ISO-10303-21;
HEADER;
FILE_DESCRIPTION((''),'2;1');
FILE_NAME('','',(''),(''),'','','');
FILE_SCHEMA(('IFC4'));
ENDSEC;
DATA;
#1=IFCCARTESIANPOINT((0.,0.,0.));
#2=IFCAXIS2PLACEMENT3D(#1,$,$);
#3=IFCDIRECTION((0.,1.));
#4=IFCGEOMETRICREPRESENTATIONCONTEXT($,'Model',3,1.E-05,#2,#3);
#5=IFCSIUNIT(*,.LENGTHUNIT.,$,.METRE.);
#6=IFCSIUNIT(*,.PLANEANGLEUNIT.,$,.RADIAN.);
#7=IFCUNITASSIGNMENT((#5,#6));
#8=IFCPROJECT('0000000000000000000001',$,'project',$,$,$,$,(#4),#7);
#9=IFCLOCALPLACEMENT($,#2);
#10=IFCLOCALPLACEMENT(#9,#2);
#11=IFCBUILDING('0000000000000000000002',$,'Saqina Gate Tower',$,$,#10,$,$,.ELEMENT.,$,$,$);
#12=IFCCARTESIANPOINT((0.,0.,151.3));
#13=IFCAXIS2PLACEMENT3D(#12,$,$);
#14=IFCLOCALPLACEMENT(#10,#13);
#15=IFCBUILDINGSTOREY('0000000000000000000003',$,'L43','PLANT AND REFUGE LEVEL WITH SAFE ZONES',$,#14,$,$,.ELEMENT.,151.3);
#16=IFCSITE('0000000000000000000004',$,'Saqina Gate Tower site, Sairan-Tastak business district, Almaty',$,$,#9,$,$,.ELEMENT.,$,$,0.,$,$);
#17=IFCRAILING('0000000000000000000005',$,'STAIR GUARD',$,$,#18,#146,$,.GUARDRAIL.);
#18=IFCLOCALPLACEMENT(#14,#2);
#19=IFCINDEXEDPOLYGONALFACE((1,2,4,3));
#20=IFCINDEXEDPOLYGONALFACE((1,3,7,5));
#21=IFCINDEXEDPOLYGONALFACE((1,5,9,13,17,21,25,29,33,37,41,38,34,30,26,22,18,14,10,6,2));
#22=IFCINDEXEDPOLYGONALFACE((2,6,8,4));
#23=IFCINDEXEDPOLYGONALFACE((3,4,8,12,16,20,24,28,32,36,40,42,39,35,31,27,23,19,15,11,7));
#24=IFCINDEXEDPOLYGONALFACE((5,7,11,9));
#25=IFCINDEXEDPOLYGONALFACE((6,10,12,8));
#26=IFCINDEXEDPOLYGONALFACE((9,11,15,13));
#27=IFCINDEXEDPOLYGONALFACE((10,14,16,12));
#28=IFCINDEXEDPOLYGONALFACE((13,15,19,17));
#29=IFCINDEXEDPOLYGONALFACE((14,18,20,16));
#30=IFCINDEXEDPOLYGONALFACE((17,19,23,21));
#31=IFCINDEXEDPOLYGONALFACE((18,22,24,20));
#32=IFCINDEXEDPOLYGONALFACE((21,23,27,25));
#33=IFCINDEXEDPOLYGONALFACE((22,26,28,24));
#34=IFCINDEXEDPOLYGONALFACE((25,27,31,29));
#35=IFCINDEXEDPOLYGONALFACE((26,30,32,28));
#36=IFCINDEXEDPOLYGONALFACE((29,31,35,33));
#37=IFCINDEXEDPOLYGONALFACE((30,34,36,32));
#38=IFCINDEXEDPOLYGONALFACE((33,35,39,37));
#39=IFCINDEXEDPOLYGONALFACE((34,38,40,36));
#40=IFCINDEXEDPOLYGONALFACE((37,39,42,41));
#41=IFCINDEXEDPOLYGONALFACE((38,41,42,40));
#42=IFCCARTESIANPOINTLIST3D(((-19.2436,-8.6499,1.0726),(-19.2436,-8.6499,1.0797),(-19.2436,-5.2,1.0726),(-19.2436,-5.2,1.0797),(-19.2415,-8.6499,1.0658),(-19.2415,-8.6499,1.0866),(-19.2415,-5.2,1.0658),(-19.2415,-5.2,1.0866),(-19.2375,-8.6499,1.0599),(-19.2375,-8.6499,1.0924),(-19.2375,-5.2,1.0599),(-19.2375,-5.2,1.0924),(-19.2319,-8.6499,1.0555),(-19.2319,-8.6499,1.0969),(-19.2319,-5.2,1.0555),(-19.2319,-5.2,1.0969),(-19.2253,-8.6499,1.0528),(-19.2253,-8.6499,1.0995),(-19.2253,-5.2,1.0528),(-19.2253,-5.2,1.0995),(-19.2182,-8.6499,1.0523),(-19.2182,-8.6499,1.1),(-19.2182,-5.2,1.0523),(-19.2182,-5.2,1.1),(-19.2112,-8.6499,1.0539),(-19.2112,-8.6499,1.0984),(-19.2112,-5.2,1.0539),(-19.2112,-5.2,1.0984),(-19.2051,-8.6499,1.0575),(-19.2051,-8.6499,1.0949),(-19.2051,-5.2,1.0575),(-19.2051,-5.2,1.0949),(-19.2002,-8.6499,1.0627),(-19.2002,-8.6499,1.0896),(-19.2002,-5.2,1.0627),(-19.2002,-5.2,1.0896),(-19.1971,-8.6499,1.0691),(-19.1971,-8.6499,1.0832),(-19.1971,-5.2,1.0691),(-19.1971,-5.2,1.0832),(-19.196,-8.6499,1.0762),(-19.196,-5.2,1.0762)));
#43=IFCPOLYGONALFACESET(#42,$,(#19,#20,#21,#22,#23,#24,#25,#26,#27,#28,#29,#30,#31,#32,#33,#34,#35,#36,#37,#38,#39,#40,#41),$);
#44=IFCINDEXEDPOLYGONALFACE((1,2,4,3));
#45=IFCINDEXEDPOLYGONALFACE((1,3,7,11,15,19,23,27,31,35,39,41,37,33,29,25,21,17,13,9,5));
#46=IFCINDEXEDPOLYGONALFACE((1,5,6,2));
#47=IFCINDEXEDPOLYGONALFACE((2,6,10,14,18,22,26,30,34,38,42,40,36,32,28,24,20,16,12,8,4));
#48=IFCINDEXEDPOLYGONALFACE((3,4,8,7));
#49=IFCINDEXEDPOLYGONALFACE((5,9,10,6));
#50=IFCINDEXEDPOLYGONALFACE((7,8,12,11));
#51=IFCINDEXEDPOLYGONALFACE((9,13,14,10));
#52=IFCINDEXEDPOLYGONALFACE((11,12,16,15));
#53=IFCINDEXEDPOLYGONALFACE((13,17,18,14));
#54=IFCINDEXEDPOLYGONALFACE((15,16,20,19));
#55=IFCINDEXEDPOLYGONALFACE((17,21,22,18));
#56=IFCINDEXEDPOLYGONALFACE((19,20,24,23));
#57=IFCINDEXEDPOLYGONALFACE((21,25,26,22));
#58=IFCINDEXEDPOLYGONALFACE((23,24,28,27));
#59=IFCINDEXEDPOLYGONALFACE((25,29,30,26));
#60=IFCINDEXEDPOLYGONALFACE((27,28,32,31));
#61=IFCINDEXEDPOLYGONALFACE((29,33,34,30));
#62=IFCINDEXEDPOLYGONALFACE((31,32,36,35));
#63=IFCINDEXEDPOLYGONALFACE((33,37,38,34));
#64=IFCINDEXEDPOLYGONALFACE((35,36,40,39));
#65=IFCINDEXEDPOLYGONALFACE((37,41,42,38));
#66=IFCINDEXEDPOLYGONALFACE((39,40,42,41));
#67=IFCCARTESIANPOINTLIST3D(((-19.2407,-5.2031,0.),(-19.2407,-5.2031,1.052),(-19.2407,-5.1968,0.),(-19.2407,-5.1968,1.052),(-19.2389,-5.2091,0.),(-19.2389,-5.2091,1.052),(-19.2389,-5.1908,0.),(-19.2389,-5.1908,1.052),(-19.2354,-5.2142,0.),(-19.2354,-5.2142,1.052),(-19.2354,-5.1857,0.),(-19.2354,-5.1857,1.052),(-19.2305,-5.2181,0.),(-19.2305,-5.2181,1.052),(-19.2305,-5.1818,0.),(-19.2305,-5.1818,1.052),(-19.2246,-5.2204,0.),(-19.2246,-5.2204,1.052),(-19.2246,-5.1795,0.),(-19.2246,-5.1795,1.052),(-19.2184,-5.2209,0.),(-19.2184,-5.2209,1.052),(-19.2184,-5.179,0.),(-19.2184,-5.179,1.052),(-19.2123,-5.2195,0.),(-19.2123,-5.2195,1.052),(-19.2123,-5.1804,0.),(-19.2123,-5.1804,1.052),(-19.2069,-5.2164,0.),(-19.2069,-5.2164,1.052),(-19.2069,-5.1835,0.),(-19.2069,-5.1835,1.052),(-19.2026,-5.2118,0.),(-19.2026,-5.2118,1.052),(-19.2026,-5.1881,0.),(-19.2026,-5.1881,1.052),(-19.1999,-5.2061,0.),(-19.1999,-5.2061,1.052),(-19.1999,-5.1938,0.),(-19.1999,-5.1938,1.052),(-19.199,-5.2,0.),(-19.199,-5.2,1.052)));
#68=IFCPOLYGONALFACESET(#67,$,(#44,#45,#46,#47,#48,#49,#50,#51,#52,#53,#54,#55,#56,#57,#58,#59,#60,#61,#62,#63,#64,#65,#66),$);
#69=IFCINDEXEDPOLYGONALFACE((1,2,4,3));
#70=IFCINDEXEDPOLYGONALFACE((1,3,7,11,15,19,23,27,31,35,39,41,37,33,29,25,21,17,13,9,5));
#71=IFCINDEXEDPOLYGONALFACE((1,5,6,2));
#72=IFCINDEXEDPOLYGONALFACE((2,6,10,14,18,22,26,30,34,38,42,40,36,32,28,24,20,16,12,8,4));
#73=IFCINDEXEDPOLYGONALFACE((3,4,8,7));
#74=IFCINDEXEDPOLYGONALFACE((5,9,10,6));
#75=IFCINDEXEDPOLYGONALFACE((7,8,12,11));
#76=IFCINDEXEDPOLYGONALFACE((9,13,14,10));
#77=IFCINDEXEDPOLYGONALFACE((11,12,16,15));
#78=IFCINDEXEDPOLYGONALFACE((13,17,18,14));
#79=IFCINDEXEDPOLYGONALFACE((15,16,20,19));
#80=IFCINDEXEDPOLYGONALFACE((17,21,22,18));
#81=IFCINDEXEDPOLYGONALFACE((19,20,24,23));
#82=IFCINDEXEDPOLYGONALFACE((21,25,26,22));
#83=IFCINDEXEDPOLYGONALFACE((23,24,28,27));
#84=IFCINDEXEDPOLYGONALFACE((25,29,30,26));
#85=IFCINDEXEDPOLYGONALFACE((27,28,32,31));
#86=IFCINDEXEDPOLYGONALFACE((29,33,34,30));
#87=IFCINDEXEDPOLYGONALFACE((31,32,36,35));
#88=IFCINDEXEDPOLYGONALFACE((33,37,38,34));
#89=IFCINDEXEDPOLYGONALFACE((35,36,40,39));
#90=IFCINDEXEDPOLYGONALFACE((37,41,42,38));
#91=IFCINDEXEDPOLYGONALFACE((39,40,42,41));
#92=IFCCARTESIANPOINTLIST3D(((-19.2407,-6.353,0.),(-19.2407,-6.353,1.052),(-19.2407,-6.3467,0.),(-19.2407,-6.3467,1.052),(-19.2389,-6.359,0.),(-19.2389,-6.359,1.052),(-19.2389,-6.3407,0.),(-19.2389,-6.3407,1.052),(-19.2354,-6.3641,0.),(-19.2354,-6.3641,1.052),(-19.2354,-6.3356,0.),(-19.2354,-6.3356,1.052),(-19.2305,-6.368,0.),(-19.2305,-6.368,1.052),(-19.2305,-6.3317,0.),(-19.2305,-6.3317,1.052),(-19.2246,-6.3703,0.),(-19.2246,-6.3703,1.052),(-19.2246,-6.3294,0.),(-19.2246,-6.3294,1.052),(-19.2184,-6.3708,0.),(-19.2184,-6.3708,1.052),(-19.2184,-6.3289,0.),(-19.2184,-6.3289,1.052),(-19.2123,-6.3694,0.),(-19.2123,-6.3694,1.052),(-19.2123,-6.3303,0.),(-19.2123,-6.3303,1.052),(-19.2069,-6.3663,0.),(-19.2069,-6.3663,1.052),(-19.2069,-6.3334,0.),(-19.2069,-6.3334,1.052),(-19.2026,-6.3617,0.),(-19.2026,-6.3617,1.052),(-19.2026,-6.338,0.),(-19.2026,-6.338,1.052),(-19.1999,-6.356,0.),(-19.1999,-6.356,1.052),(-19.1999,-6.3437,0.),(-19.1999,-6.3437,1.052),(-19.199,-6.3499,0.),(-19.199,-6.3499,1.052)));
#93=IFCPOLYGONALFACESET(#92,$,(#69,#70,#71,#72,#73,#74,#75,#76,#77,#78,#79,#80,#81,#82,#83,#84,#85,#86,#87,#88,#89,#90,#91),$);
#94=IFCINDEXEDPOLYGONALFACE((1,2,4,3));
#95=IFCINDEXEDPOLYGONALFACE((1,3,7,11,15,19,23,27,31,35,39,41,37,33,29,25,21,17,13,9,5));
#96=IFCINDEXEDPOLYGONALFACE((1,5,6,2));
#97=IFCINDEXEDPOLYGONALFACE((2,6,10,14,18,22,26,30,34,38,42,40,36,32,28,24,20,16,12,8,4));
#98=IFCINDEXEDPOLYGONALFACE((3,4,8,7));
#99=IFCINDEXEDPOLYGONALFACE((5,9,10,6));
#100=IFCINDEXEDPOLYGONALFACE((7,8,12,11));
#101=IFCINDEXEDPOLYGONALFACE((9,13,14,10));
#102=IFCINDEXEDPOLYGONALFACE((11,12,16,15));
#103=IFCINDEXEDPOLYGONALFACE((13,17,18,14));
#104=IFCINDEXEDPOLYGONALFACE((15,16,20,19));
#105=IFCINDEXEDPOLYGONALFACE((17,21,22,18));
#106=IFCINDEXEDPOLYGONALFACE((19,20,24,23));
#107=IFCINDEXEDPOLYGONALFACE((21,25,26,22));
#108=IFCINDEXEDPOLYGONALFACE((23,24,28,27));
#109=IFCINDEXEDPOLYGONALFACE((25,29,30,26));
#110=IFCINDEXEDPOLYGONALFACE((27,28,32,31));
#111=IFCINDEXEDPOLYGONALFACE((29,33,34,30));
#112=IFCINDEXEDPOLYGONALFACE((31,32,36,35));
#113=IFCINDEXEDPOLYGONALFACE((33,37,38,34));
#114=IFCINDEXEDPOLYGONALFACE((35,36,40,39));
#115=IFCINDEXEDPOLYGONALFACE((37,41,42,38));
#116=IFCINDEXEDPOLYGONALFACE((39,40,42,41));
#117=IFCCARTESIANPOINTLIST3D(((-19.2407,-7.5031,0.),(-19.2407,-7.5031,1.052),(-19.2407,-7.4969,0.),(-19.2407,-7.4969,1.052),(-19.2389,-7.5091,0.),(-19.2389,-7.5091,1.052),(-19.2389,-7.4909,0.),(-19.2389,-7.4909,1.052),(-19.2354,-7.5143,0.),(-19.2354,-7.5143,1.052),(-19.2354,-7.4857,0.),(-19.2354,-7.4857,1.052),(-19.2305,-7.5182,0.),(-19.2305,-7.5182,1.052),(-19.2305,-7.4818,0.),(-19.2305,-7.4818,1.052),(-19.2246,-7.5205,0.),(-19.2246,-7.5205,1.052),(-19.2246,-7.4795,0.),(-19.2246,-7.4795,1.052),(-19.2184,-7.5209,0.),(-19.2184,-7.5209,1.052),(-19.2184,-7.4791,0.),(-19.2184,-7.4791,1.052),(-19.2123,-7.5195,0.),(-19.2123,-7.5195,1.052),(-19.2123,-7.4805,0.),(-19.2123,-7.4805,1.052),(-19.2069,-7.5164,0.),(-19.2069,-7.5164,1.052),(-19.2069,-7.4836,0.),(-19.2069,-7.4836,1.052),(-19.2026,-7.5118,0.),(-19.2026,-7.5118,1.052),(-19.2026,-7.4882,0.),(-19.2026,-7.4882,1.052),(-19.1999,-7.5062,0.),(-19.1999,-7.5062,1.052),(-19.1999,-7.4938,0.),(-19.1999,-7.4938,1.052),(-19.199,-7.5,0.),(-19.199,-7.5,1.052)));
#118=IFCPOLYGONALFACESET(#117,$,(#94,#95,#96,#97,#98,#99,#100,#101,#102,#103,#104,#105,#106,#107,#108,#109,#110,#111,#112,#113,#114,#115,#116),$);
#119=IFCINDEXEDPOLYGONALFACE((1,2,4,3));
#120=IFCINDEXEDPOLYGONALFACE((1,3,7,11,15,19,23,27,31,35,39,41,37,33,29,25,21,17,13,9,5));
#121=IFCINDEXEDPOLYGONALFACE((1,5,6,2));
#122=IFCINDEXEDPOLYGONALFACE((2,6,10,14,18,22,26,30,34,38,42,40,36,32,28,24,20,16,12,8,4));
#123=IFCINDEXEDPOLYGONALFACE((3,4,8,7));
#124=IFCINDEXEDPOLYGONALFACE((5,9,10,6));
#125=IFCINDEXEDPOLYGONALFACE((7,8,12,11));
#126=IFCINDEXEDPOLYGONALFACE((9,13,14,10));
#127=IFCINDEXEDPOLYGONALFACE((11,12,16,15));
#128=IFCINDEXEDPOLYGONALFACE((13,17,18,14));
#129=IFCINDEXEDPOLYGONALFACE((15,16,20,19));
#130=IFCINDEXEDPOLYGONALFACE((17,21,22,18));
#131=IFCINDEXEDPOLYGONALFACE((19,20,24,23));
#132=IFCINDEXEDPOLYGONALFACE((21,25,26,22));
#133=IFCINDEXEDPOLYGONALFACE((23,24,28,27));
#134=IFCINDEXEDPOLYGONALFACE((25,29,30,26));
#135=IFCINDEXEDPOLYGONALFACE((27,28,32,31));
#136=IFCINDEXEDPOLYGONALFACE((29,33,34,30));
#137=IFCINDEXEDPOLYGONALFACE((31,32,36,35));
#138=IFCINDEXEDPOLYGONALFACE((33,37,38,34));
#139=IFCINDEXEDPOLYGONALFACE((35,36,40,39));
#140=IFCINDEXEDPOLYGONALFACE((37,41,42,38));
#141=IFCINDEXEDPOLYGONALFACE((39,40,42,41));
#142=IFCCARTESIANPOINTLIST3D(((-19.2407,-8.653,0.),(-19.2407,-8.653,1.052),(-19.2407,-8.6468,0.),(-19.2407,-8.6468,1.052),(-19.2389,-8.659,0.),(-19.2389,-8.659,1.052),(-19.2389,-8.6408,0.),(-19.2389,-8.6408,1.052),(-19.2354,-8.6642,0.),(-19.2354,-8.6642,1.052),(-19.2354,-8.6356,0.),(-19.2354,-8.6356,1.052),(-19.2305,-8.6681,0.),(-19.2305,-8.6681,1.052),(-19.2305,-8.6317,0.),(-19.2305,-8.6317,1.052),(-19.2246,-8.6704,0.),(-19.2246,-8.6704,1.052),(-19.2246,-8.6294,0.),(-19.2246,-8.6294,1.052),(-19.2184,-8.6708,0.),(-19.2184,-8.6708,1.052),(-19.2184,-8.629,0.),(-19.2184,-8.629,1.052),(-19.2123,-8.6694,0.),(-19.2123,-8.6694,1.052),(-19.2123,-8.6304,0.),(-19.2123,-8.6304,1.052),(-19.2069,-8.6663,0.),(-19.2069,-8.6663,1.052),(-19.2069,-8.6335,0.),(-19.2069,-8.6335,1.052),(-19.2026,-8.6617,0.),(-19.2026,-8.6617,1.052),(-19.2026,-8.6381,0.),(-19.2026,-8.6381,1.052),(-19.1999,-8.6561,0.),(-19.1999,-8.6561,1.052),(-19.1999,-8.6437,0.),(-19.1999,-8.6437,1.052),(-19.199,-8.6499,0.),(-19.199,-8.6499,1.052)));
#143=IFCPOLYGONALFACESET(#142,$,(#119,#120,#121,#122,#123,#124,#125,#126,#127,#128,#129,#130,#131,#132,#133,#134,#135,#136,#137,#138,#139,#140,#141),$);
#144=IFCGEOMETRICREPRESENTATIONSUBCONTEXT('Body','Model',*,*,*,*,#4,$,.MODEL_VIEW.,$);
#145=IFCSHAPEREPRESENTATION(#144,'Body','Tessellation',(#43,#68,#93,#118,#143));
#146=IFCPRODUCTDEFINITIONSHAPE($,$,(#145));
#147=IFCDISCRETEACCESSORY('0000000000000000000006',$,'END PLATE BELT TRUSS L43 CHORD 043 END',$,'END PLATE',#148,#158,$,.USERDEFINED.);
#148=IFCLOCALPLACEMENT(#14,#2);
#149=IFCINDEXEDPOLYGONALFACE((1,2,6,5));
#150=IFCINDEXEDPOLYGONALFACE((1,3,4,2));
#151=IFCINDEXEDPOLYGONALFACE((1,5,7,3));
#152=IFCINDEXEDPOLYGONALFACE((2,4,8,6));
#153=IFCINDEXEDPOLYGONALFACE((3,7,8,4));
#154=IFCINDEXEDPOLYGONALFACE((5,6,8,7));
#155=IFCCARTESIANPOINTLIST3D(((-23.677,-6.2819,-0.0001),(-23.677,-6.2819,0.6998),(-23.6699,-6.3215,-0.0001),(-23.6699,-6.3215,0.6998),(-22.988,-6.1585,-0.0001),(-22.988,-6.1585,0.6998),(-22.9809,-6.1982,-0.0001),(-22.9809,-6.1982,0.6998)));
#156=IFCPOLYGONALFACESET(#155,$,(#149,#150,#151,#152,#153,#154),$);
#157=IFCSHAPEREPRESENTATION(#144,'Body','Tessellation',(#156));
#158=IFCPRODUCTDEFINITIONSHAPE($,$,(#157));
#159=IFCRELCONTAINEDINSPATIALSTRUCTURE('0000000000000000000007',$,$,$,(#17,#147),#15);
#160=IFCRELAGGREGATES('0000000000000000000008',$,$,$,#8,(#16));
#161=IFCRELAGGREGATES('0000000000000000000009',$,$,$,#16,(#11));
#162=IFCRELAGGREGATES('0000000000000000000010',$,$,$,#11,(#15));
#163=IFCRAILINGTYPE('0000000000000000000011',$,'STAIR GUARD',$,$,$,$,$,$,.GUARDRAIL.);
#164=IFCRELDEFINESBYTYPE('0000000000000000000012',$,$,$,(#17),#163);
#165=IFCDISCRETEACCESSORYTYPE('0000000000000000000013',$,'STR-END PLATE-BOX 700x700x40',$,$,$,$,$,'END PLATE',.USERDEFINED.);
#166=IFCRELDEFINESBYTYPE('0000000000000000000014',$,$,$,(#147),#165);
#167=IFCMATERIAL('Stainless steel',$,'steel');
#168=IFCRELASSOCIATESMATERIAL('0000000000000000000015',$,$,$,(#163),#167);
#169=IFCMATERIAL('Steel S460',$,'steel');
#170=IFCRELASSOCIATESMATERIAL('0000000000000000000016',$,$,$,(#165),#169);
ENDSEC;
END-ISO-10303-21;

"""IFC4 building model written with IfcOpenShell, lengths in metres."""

from ifc_helpers import new_model, si_unit, direction, frame, origin, origin_2d, place, context, subcontext, project, spatial, rectangle, circle, extrude, material, material_profile, profile_set, type_object, element, save


model = new_model("IFC4")

# Units and contexts
model_context = context("Model", 3, precision=1e-05, world=origin(), true_north=direction((0.0, 1.0)))
body_context = subcontext(model_context, "Body", "Model", "MODEL_VIEW")
ifc_project = project(units=[si_unit("LENGTHUNIT", "METRE"), si_unit("PLANEANGLEUNIT", "RADIAN")], contexts=[model_context])

# Site, building, storey
site_placement = place(None, origin())
site = spatial("IfcSite", under=ifc_project, at=site_placement, Name="Saqina Gate Tower site, Sairan-Tastak business district, Almaty", CompositionType="ELEMENT", RefElevation=0.0)
building_placement = place(site_placement, origin())
building = spatial("IfcBuilding", under=site, at=building_placement, Name="Saqina Gate Tower", CompositionType="ELEMENT")
storey_placement = place(building_placement, frame((0.0, 0.0, 151.3)))
storey = spatial("IfcBuildingStorey", under=building, at=storey_placement, Name="L43", Description="PLANT AND REFUGE LEVEL WITH SAFE ZONES", CompositionType="ELEMENT", Elevation=151.3)

# Railing
ifc_material_1 = material(Name="Stainless steel", Category="steel")
railing_type = type_object("IfcRailingType", Name="STAIR GUARD", PredefinedType="GUARDRAIL", material=ifc_material_1)
railing_placement = place(storey_placement, frame((-19.22, -5.2, 0.0)))
element("IfcRailing", 1, at=railing_placement, inside=storey, type_object=railing_type, Name="STAIR GUARD", PredefinedType="GUARDRAIL", context=body_context, shape_type="SweptSolid", body=[
    extrude(circle(Radius=0.0239, at=origin_2d()), frame((0.0, 0.0, 1.0762), z_axis=(0.0, -1.0, 0.0), x_axis=(1.0, 0.0, 0.0)), (0.0, 0.0, 1.0), 3.45),
    extrude(circle(Radius=0.021, at=origin_2d()), origin(), (0.0, 0.0, 1.0), 1.052),
    extrude(circle(Radius=0.021, at=origin_2d()), frame((0.0, -1.1499, 0.0)), (0.0, 0.0, 1.0), 1.052),
    extrude(circle(Radius=0.021, at=origin_2d()), frame((0.0, -2.3, 0.0)), (0.0, 0.0, 1.0), 1.052),
    extrude(circle(Radius=0.021, at=origin_2d()), frame((0.0, -3.45, 0.0)), (0.0, 0.0, 1.0), 1.052),
])

# Discrete accessory
ifc_material_2 = material(Name="Steel S460", Category="steel")
ifc_material_profile_1 = material_profile(ifc_material_2, rectangle(XDim=0.7, YDim=0.7, at=origin_2d()), Name="STR-END PLATE-BOX 700x700x40")
ifc_profile_set_1 = profile_set([ifc_material_profile_1], Name="Steel S460")
discrete_accessory_type = type_object("IfcDiscreteAccessoryType", Name="STR-END PLATE-BOX 700x700x40", ElementType="END PLATE", PredefinedType="USERDEFINED", material=ifc_profile_set_1)
discrete_accessory_placement = place(storey_placement, frame((-23.3325, -6.2202, 0.3499), z_axis=(0.176211, -0.984352, 0.0), x_axis=(0.984352, 0.176211, 0.0)))
element("IfcDiscreteAccessory", 2, at=discrete_accessory_placement, inside=storey, type_object=discrete_accessory_type, Name="END PLATE BELT TRUSS L43 CHORD 043 END", ObjectType="END PLATE", PredefinedType="USERDEFINED", context=body_context, shape_type="SweptSolid", body=[
    extrude(rectangle(XDim=0.7, YDim=0.7, at=origin_2d()), origin(), (0.0, 0.0, 1.0), 0.0403),
])

save(model, "model.ifc")
